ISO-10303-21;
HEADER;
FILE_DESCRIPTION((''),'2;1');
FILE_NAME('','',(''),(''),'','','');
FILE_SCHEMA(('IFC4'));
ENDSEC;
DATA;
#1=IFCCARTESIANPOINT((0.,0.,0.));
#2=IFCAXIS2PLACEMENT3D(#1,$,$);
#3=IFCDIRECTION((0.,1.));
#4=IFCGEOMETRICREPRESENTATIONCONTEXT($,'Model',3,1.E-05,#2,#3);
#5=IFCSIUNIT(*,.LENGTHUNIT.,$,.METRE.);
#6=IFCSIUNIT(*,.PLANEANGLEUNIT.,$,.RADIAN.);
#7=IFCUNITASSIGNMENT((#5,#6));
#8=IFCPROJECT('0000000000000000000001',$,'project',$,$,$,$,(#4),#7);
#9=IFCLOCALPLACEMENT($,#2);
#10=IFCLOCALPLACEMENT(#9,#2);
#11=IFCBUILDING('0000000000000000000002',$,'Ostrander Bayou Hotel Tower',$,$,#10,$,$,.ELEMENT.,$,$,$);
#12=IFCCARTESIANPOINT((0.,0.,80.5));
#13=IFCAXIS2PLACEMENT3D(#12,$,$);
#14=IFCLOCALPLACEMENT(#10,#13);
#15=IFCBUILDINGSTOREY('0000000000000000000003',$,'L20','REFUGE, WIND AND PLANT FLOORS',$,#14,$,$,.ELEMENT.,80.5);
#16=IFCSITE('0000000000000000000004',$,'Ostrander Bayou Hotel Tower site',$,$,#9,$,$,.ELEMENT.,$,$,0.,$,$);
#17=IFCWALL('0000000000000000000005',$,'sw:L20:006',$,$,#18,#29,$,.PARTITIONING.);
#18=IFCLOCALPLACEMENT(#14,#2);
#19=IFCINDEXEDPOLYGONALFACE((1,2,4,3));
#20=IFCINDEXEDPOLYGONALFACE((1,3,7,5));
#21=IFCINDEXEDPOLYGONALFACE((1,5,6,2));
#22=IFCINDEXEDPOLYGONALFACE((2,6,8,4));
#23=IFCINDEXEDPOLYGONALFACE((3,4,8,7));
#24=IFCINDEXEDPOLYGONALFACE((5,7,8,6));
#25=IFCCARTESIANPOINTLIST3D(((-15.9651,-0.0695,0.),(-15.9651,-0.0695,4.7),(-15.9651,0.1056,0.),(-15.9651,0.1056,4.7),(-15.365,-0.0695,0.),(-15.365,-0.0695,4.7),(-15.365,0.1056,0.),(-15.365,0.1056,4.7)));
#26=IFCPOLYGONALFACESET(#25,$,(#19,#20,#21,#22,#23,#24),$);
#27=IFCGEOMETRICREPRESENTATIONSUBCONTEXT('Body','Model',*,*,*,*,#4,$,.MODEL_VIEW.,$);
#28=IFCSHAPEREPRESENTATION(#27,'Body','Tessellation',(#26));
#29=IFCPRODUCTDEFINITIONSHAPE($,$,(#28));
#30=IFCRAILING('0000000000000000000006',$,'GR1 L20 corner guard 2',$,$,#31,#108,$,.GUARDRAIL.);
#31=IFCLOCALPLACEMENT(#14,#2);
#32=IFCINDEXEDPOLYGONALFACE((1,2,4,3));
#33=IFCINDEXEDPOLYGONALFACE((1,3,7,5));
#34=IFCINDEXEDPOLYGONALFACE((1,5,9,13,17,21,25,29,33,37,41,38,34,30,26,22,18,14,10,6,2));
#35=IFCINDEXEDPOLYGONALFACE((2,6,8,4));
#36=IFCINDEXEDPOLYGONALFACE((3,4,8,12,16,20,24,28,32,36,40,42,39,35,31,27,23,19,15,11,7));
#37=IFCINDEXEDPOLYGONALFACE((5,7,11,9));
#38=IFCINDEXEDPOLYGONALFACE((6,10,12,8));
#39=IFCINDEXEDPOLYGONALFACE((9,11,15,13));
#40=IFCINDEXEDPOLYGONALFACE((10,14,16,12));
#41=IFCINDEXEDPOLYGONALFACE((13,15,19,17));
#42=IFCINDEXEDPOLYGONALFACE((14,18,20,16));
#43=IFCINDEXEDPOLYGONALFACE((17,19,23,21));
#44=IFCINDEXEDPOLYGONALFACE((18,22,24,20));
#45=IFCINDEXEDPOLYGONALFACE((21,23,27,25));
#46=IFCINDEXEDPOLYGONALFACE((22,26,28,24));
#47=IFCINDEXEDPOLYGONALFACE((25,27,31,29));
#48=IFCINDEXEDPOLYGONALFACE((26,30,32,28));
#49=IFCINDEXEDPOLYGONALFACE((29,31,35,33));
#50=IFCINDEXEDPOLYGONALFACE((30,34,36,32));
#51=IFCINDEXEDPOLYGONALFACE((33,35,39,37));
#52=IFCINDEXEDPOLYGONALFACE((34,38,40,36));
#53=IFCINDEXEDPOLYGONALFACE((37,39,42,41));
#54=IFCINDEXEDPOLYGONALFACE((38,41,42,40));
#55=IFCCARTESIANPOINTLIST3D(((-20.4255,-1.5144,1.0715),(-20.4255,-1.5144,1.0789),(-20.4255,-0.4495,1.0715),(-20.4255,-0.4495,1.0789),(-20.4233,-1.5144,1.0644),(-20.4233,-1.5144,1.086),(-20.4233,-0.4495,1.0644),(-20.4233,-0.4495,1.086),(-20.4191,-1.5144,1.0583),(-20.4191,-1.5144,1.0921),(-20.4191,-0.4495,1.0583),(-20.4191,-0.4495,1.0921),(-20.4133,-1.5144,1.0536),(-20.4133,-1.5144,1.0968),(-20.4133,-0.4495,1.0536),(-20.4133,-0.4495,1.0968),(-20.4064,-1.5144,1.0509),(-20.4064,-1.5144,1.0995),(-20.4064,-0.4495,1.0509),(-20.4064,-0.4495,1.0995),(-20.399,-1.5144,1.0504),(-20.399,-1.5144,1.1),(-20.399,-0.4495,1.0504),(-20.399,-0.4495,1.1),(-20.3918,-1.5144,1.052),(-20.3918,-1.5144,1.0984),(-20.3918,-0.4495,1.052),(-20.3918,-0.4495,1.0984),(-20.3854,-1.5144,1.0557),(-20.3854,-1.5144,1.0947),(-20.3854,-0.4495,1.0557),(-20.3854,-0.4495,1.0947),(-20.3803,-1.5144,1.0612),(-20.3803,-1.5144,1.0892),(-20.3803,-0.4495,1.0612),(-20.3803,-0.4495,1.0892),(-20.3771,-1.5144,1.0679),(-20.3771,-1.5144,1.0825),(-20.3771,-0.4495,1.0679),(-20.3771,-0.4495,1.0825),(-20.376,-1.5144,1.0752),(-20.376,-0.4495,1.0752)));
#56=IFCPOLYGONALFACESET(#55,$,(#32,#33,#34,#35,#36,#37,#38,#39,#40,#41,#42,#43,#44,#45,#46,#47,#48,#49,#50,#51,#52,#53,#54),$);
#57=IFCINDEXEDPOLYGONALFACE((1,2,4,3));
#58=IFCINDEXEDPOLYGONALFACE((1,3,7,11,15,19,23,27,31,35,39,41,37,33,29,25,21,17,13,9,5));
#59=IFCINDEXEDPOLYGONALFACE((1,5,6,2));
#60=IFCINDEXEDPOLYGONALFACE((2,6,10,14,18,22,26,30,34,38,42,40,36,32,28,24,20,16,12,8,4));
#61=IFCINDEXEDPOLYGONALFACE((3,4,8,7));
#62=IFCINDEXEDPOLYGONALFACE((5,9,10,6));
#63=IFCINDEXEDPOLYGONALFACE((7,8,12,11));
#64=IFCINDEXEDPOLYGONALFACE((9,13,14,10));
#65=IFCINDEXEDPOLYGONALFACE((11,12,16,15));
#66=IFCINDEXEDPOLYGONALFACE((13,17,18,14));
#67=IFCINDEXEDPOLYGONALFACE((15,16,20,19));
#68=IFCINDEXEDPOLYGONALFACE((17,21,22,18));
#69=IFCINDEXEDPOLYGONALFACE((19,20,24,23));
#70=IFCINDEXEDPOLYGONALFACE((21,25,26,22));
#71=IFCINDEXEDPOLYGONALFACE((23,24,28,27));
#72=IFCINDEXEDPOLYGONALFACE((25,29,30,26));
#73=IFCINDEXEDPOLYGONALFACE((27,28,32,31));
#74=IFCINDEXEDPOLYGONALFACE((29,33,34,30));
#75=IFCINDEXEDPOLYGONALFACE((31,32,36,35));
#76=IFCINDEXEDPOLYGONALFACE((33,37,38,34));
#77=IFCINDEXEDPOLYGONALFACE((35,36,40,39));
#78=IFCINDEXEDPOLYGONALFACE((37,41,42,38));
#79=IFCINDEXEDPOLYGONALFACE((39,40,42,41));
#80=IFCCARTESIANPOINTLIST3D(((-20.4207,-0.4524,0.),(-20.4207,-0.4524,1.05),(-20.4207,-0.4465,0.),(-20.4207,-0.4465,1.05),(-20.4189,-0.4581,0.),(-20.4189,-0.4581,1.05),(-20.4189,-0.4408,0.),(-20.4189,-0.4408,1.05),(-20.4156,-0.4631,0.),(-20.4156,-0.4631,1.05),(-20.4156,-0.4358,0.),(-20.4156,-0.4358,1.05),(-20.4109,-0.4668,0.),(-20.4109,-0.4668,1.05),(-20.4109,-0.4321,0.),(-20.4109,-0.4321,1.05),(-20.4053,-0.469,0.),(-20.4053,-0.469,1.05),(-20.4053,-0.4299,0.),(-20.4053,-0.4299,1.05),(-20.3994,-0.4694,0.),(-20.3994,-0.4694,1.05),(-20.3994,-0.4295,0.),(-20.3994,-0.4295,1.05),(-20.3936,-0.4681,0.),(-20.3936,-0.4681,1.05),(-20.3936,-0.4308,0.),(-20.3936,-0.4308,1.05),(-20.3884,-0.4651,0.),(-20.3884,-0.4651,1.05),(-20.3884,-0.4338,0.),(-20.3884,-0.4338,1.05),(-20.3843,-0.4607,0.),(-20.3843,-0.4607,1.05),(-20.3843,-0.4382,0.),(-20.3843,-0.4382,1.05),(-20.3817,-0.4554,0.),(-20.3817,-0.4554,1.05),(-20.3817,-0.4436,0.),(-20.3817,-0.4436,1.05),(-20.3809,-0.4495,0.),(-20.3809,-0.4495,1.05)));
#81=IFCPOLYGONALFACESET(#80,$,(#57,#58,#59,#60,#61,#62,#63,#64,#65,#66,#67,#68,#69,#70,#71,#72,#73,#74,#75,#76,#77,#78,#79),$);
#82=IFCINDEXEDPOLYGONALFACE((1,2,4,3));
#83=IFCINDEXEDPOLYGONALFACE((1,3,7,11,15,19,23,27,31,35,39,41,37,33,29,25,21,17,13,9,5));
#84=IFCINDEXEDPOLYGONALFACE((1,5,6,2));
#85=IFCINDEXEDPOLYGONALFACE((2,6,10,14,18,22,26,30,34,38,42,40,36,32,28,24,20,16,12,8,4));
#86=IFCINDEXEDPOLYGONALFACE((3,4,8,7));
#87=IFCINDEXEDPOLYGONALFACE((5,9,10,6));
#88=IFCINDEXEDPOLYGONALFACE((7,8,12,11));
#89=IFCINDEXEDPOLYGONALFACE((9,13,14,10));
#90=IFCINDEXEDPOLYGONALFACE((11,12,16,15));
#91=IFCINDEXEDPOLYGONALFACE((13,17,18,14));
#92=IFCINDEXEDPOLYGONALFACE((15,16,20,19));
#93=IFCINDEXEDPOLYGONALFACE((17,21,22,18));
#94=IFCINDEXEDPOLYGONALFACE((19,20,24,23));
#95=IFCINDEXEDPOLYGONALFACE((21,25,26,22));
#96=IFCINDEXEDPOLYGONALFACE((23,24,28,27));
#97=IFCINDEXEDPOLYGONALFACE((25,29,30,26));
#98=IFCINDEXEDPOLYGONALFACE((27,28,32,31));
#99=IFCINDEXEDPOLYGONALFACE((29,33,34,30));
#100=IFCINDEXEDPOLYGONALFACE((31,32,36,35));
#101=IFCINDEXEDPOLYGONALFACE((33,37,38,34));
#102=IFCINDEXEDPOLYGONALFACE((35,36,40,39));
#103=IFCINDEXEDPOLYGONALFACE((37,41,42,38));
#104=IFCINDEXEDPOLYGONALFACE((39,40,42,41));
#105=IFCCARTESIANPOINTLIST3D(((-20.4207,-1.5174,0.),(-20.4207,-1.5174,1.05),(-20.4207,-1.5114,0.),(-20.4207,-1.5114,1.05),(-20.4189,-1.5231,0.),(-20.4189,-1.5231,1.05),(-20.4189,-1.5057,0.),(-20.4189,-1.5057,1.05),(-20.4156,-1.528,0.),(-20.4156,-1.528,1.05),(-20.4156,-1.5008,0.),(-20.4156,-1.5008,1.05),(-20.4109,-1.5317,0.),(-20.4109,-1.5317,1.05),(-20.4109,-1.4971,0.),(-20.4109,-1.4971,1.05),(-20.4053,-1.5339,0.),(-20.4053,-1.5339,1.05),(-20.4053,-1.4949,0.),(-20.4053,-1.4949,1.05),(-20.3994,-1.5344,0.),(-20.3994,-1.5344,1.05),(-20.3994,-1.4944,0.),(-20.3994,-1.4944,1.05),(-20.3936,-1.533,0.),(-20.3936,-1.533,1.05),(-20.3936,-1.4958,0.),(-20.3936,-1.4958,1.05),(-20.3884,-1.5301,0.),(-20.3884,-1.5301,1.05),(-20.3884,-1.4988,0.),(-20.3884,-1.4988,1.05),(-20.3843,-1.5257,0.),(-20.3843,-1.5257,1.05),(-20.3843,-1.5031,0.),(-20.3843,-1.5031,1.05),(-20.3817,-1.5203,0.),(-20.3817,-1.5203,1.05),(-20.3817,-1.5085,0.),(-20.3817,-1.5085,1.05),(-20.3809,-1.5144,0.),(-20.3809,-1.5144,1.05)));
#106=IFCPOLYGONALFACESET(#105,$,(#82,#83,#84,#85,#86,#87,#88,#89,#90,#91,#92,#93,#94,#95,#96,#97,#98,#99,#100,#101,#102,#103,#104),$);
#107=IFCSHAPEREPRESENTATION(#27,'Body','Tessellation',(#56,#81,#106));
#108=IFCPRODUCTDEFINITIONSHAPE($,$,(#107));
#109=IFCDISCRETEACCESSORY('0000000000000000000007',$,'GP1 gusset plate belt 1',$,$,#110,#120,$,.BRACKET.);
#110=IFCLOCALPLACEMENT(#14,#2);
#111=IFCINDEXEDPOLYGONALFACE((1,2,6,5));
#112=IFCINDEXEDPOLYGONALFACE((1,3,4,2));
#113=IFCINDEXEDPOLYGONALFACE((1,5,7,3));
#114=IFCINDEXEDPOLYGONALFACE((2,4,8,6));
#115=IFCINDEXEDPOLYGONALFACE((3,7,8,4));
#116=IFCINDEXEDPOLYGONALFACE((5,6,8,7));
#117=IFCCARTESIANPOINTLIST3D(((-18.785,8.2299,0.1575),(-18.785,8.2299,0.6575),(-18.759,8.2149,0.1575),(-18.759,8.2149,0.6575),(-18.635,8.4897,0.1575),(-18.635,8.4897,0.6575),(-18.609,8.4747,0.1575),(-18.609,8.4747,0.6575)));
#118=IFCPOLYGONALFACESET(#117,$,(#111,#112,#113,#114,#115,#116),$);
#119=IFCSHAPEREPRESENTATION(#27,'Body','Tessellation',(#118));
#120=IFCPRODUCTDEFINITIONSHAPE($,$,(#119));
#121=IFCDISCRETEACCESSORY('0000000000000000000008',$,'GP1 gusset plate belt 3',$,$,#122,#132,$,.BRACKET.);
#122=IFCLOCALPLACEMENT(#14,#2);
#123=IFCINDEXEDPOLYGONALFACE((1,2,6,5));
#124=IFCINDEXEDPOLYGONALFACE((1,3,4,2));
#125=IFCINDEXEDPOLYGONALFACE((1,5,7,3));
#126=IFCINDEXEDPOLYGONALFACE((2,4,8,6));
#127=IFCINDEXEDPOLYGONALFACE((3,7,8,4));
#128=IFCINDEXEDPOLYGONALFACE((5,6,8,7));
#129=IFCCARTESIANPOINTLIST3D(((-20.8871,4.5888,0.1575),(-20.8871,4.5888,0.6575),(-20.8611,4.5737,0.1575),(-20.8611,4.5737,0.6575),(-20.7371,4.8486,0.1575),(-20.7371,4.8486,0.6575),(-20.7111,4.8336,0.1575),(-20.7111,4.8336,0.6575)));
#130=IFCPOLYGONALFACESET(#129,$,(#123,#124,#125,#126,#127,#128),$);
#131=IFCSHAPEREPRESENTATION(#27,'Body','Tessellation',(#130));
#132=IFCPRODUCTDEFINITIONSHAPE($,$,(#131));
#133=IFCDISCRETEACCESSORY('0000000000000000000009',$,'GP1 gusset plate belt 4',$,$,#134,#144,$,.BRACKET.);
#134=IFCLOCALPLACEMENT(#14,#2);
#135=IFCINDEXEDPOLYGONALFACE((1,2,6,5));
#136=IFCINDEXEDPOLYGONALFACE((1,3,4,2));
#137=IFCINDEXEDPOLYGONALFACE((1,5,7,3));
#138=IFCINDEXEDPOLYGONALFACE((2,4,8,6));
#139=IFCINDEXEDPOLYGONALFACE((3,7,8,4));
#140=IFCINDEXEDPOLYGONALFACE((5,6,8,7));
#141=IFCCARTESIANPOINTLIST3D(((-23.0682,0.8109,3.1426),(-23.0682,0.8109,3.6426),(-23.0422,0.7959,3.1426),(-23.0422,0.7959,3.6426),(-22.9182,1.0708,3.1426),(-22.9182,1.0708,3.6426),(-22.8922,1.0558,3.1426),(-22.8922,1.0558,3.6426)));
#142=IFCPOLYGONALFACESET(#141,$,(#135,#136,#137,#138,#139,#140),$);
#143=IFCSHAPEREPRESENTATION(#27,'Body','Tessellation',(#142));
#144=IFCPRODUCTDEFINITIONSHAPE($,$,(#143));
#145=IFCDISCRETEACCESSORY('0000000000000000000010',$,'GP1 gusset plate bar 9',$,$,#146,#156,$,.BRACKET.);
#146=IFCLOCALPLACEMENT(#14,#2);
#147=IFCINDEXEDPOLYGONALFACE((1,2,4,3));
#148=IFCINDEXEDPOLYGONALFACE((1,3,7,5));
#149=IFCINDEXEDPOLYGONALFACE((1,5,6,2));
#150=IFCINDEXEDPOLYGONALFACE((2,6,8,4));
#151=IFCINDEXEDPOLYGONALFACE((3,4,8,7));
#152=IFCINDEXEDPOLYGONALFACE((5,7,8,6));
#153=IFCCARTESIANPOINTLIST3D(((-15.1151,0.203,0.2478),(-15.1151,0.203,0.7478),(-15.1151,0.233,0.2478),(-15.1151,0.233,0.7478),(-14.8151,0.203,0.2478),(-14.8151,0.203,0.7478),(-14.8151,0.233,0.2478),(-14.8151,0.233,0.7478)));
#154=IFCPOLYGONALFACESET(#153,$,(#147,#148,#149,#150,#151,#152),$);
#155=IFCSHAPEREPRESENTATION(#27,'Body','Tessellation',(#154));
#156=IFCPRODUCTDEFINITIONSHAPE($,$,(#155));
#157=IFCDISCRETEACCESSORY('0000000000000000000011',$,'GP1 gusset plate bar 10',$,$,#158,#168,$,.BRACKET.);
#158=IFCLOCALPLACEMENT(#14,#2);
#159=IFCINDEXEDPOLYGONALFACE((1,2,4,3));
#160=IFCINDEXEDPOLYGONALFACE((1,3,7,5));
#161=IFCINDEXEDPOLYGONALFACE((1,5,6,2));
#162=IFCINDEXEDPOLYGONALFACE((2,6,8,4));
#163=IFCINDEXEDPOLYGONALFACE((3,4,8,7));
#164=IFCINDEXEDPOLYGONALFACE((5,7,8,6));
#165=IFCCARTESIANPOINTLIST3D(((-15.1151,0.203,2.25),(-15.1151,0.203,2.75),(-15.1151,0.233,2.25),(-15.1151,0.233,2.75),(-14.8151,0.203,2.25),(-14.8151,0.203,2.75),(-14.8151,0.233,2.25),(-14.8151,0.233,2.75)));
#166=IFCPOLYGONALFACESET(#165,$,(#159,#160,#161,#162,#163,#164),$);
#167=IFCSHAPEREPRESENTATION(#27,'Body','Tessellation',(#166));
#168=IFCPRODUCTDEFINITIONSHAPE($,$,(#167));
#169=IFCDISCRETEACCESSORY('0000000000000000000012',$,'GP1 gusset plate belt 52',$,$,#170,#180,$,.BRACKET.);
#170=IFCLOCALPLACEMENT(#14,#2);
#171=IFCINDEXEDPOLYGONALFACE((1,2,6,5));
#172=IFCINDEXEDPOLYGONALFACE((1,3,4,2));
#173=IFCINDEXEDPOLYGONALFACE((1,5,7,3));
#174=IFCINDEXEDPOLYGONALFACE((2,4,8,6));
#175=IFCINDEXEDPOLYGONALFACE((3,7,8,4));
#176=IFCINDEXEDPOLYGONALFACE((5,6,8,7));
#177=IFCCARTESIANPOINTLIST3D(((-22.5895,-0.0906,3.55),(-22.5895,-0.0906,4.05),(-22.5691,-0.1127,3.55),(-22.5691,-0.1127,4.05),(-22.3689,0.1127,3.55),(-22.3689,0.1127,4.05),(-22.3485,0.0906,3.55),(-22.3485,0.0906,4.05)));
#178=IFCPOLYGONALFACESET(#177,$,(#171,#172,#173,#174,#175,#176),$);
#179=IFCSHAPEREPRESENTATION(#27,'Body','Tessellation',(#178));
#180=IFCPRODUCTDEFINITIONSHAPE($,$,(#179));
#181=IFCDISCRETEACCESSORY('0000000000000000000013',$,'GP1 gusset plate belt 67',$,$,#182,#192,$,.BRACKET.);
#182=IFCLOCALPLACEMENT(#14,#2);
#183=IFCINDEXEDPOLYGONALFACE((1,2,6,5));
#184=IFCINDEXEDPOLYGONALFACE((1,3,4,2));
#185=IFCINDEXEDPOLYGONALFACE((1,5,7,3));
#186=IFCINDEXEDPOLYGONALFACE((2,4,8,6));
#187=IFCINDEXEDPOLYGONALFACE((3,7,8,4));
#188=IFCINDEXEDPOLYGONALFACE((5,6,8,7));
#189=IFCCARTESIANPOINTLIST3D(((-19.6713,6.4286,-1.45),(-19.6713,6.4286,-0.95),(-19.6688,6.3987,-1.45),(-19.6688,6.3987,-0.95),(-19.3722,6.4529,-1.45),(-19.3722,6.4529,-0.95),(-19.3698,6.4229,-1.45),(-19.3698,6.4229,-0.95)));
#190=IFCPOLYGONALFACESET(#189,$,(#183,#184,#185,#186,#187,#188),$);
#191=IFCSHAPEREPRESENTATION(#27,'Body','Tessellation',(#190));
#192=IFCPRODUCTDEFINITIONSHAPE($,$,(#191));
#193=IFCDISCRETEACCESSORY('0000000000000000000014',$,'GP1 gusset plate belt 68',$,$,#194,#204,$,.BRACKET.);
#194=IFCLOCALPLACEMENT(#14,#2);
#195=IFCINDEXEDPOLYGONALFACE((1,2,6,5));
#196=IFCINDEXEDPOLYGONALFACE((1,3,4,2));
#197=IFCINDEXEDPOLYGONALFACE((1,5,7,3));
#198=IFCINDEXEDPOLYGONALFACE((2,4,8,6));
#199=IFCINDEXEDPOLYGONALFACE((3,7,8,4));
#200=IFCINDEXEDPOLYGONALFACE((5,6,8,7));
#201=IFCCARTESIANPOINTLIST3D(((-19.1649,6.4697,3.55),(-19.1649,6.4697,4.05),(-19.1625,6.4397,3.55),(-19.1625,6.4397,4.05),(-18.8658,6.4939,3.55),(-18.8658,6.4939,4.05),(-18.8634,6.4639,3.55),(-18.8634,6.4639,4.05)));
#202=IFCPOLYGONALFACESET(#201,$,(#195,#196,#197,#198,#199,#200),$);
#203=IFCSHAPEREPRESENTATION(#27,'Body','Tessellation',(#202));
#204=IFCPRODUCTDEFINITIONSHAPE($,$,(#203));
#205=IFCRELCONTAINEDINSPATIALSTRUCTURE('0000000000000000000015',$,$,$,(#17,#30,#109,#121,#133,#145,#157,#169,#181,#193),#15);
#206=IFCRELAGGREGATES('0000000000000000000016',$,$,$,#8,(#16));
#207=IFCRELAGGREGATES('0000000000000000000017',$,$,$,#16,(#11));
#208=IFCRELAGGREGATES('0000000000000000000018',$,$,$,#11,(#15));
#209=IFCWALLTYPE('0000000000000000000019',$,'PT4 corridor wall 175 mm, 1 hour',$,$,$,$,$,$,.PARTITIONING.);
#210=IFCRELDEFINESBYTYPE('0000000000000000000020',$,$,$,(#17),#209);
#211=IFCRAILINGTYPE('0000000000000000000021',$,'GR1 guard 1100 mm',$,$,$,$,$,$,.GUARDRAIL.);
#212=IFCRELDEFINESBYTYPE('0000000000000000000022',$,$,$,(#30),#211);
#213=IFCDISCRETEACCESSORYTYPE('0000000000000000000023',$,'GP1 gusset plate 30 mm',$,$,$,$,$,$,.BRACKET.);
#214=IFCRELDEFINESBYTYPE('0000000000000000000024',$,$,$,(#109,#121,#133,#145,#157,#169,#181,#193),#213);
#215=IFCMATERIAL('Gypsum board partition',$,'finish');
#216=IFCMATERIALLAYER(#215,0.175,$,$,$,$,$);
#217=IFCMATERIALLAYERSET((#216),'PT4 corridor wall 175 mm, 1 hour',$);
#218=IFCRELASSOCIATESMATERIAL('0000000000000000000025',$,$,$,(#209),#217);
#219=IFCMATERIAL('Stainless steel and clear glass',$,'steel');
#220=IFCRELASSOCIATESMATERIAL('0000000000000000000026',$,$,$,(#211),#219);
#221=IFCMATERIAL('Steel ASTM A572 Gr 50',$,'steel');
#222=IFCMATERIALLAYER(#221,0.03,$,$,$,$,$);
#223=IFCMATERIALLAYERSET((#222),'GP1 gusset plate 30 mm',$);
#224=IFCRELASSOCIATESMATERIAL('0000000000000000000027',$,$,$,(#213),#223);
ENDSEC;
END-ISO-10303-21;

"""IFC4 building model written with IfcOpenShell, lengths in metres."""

from ifc_helpers import new_model, si_unit, direction, frame, frame_2d, origin, origin_2d, place, context, subcontext, project, spatial, rectangle, circle, extrude, material, layer, layer_set, type_object, element, save


model = new_model("IFC4")

# Units and contexts
model_context = context("Model", 3, precision=1e-05, world=origin(), true_north=direction((0.0, 1.0)))
body_context = subcontext(model_context, "Body", "Model", "MODEL_VIEW")
ifc_project = project(units=[si_unit("LENGTHUNIT", "METRE"), si_unit("PLANEANGLEUNIT", "RADIAN")], contexts=[model_context])

# Site, building, storey
site_placement = place(None, origin())
site = spatial("IfcSite", under=ifc_project, at=site_placement, Name="Ostrander Bayou Hotel Tower site", CompositionType="ELEMENT", RefElevation=0.0)
building_placement = place(site_placement, origin())
building = spatial("IfcBuilding", under=site, at=building_placement, Name="Ostrander Bayou Hotel Tower", CompositionType="ELEMENT")
storey_placement = place(building_placement, frame((0.0, 0.0, 80.5)))
storey = spatial("IfcBuildingStorey", under=building, at=storey_placement, Name="L20", Description="REFUGE, WIND AND PLANT FLOORS", CompositionType="ELEMENT", Elevation=80.5)

# Wall
ifc_material_1 = material(Name="Gypsum board partition", Category="finish")
ifc_layer_1 = layer(ifc_material_1, 0.175)
ifc_layer_set_1 = layer_set([ifc_layer_1], Name="PT4 corridor wall 175 mm, 1 hour")
wall_type = type_object("IfcWallType", Name="PT4 corridor wall 175 mm, 1 hour", PredefinedType="PARTITIONING", material=ifc_layer_set_1)
wall_placement = place(storey_placement, frame((-15.9651, 0.0181, 0.0), z_axis=(0.0, 0.0, 1.0), x_axis=(1.0, 0.0, 0.0)))
element("IfcWall", 1, at=wall_placement, inside=storey, type_object=wall_type, Name="sw:L20:006", PredefinedType="PARTITIONING", context=body_context, shape_type="SweptSolid", body=[
    extrude(rectangle(XDim=0.6001, YDim=0.175, at=frame_2d((0.3, 0.0))), origin(), (0.0, 0.0, 1.0), 4.7),
])

# Railing
ifc_material_2 = material(Name="Stainless steel and clear glass", Category="steel")
railing_type = type_object("IfcRailingType", Name="GR1 guard 1100 mm", PredefinedType="GUARDRAIL", material=ifc_material_2)
railing_1_placement = place(storey_placement, frame((-20.4009, -0.4495, 0.0)))
element("IfcRailing", 2, at=railing_1_placement, inside=storey, type_object=railing_type, Name="GR1 L20 corner guard 2", PredefinedType="GUARDRAIL", context=body_context, shape_type="SweptSolid", body=[
    extrude(circle(Radius=0.0249, at=origin_2d()), frame((0.0, 0.0, 1.0752), z_axis=(0.0, -1.0, 0.0), x_axis=(1.0, 0.0, 0.0)), (0.0, 0.0, 1.0), 1.0649),
    extrude(circle(Radius=0.02, at=origin_2d()), origin(), (0.0, 0.0, 1.0), 1.05),
    extrude(circle(Radius=0.02, at=origin_2d()), frame((0.0, -1.0649, 0.0)), (0.0, 0.0, 1.0), 1.05),
])

# Discrete accessories
ifc_material_3 = material(Name="Steel ASTM A572 Gr 50", Category="steel")
ifc_layer_2 = layer(ifc_material_3, 0.03)
ifc_layer_set_2 = layer_set([ifc_layer_2], Name="GP1 gusset plate 30 mm")
discrete_accessory_type = type_object("IfcDiscreteAccessoryType", Name="GP1 gusset plate 30 mm", PredefinedType="BRACKET", material=ifc_layer_set_2)
for number, where, z_axis, x_axis, name in (
    (3, (-18.697, 8.3523, 0.1575), (0.0, 0.0, 1.0), (0.5, 0.866025, 0.0), "GP1 gusset plate belt 1"),
    (4, (-20.7991, 4.7112, 0.1575), (0.0, 0.0, 1.0), (-0.5, -0.866025, 0.0), "GP1 gusset plate belt 3"),
    (5, (-22.9802, 0.9333, 3.1426), (0.0, 0.0, 1.0), (-0.5, -0.866025, 0.0), "GP1 gusset plate belt 4"),
    (6, (-14.9651, 0.218, 0.2478), (0.0, 0.0, 1.0), (1.0, 0.0, 0.0), "GP1 gusset plate bar 9"),
    (7, (-14.9651, 0.218, 2.25), (0.0, 0.0, 1.0), (1.0, 0.0, 0.0), "GP1 gusset plate bar 10"),
    (8, (-22.469, 0.0, 3.55), (0.0, 0.0, 1.0), (0.73527, 0.677775, 0.0), "GP1 gusset plate belt 52"),
    (9, (-19.5205, 6.4258, -1.45), (0.0, 0.0, 1.0), (0.996738, 0.080703, 0.0), "GP1 gusset plate belt 67"),
    (10, (-19.0142, 6.4668, 3.55), (0.0, 0.0, 1.0), (0.996738, 0.080703, 0.0), "GP1 gusset plate belt 68"),
):
    element("IfcDiscreteAccessory", number, at=place(storey_placement, frame(where, z_axis=z_axis, x_axis=x_axis)), inside=storey, type_object=discrete_accessory_type, Name=name, PredefinedType="BRACKET", context=body_context, shape_type="SweptSolid", body=[
        extrude(rectangle(XDim=0.3, YDim=0.03, at=origin_2d()), origin(), (0.0, 0.0, 1.0), 0.5),
    ])

save(model, "model.ifc")
